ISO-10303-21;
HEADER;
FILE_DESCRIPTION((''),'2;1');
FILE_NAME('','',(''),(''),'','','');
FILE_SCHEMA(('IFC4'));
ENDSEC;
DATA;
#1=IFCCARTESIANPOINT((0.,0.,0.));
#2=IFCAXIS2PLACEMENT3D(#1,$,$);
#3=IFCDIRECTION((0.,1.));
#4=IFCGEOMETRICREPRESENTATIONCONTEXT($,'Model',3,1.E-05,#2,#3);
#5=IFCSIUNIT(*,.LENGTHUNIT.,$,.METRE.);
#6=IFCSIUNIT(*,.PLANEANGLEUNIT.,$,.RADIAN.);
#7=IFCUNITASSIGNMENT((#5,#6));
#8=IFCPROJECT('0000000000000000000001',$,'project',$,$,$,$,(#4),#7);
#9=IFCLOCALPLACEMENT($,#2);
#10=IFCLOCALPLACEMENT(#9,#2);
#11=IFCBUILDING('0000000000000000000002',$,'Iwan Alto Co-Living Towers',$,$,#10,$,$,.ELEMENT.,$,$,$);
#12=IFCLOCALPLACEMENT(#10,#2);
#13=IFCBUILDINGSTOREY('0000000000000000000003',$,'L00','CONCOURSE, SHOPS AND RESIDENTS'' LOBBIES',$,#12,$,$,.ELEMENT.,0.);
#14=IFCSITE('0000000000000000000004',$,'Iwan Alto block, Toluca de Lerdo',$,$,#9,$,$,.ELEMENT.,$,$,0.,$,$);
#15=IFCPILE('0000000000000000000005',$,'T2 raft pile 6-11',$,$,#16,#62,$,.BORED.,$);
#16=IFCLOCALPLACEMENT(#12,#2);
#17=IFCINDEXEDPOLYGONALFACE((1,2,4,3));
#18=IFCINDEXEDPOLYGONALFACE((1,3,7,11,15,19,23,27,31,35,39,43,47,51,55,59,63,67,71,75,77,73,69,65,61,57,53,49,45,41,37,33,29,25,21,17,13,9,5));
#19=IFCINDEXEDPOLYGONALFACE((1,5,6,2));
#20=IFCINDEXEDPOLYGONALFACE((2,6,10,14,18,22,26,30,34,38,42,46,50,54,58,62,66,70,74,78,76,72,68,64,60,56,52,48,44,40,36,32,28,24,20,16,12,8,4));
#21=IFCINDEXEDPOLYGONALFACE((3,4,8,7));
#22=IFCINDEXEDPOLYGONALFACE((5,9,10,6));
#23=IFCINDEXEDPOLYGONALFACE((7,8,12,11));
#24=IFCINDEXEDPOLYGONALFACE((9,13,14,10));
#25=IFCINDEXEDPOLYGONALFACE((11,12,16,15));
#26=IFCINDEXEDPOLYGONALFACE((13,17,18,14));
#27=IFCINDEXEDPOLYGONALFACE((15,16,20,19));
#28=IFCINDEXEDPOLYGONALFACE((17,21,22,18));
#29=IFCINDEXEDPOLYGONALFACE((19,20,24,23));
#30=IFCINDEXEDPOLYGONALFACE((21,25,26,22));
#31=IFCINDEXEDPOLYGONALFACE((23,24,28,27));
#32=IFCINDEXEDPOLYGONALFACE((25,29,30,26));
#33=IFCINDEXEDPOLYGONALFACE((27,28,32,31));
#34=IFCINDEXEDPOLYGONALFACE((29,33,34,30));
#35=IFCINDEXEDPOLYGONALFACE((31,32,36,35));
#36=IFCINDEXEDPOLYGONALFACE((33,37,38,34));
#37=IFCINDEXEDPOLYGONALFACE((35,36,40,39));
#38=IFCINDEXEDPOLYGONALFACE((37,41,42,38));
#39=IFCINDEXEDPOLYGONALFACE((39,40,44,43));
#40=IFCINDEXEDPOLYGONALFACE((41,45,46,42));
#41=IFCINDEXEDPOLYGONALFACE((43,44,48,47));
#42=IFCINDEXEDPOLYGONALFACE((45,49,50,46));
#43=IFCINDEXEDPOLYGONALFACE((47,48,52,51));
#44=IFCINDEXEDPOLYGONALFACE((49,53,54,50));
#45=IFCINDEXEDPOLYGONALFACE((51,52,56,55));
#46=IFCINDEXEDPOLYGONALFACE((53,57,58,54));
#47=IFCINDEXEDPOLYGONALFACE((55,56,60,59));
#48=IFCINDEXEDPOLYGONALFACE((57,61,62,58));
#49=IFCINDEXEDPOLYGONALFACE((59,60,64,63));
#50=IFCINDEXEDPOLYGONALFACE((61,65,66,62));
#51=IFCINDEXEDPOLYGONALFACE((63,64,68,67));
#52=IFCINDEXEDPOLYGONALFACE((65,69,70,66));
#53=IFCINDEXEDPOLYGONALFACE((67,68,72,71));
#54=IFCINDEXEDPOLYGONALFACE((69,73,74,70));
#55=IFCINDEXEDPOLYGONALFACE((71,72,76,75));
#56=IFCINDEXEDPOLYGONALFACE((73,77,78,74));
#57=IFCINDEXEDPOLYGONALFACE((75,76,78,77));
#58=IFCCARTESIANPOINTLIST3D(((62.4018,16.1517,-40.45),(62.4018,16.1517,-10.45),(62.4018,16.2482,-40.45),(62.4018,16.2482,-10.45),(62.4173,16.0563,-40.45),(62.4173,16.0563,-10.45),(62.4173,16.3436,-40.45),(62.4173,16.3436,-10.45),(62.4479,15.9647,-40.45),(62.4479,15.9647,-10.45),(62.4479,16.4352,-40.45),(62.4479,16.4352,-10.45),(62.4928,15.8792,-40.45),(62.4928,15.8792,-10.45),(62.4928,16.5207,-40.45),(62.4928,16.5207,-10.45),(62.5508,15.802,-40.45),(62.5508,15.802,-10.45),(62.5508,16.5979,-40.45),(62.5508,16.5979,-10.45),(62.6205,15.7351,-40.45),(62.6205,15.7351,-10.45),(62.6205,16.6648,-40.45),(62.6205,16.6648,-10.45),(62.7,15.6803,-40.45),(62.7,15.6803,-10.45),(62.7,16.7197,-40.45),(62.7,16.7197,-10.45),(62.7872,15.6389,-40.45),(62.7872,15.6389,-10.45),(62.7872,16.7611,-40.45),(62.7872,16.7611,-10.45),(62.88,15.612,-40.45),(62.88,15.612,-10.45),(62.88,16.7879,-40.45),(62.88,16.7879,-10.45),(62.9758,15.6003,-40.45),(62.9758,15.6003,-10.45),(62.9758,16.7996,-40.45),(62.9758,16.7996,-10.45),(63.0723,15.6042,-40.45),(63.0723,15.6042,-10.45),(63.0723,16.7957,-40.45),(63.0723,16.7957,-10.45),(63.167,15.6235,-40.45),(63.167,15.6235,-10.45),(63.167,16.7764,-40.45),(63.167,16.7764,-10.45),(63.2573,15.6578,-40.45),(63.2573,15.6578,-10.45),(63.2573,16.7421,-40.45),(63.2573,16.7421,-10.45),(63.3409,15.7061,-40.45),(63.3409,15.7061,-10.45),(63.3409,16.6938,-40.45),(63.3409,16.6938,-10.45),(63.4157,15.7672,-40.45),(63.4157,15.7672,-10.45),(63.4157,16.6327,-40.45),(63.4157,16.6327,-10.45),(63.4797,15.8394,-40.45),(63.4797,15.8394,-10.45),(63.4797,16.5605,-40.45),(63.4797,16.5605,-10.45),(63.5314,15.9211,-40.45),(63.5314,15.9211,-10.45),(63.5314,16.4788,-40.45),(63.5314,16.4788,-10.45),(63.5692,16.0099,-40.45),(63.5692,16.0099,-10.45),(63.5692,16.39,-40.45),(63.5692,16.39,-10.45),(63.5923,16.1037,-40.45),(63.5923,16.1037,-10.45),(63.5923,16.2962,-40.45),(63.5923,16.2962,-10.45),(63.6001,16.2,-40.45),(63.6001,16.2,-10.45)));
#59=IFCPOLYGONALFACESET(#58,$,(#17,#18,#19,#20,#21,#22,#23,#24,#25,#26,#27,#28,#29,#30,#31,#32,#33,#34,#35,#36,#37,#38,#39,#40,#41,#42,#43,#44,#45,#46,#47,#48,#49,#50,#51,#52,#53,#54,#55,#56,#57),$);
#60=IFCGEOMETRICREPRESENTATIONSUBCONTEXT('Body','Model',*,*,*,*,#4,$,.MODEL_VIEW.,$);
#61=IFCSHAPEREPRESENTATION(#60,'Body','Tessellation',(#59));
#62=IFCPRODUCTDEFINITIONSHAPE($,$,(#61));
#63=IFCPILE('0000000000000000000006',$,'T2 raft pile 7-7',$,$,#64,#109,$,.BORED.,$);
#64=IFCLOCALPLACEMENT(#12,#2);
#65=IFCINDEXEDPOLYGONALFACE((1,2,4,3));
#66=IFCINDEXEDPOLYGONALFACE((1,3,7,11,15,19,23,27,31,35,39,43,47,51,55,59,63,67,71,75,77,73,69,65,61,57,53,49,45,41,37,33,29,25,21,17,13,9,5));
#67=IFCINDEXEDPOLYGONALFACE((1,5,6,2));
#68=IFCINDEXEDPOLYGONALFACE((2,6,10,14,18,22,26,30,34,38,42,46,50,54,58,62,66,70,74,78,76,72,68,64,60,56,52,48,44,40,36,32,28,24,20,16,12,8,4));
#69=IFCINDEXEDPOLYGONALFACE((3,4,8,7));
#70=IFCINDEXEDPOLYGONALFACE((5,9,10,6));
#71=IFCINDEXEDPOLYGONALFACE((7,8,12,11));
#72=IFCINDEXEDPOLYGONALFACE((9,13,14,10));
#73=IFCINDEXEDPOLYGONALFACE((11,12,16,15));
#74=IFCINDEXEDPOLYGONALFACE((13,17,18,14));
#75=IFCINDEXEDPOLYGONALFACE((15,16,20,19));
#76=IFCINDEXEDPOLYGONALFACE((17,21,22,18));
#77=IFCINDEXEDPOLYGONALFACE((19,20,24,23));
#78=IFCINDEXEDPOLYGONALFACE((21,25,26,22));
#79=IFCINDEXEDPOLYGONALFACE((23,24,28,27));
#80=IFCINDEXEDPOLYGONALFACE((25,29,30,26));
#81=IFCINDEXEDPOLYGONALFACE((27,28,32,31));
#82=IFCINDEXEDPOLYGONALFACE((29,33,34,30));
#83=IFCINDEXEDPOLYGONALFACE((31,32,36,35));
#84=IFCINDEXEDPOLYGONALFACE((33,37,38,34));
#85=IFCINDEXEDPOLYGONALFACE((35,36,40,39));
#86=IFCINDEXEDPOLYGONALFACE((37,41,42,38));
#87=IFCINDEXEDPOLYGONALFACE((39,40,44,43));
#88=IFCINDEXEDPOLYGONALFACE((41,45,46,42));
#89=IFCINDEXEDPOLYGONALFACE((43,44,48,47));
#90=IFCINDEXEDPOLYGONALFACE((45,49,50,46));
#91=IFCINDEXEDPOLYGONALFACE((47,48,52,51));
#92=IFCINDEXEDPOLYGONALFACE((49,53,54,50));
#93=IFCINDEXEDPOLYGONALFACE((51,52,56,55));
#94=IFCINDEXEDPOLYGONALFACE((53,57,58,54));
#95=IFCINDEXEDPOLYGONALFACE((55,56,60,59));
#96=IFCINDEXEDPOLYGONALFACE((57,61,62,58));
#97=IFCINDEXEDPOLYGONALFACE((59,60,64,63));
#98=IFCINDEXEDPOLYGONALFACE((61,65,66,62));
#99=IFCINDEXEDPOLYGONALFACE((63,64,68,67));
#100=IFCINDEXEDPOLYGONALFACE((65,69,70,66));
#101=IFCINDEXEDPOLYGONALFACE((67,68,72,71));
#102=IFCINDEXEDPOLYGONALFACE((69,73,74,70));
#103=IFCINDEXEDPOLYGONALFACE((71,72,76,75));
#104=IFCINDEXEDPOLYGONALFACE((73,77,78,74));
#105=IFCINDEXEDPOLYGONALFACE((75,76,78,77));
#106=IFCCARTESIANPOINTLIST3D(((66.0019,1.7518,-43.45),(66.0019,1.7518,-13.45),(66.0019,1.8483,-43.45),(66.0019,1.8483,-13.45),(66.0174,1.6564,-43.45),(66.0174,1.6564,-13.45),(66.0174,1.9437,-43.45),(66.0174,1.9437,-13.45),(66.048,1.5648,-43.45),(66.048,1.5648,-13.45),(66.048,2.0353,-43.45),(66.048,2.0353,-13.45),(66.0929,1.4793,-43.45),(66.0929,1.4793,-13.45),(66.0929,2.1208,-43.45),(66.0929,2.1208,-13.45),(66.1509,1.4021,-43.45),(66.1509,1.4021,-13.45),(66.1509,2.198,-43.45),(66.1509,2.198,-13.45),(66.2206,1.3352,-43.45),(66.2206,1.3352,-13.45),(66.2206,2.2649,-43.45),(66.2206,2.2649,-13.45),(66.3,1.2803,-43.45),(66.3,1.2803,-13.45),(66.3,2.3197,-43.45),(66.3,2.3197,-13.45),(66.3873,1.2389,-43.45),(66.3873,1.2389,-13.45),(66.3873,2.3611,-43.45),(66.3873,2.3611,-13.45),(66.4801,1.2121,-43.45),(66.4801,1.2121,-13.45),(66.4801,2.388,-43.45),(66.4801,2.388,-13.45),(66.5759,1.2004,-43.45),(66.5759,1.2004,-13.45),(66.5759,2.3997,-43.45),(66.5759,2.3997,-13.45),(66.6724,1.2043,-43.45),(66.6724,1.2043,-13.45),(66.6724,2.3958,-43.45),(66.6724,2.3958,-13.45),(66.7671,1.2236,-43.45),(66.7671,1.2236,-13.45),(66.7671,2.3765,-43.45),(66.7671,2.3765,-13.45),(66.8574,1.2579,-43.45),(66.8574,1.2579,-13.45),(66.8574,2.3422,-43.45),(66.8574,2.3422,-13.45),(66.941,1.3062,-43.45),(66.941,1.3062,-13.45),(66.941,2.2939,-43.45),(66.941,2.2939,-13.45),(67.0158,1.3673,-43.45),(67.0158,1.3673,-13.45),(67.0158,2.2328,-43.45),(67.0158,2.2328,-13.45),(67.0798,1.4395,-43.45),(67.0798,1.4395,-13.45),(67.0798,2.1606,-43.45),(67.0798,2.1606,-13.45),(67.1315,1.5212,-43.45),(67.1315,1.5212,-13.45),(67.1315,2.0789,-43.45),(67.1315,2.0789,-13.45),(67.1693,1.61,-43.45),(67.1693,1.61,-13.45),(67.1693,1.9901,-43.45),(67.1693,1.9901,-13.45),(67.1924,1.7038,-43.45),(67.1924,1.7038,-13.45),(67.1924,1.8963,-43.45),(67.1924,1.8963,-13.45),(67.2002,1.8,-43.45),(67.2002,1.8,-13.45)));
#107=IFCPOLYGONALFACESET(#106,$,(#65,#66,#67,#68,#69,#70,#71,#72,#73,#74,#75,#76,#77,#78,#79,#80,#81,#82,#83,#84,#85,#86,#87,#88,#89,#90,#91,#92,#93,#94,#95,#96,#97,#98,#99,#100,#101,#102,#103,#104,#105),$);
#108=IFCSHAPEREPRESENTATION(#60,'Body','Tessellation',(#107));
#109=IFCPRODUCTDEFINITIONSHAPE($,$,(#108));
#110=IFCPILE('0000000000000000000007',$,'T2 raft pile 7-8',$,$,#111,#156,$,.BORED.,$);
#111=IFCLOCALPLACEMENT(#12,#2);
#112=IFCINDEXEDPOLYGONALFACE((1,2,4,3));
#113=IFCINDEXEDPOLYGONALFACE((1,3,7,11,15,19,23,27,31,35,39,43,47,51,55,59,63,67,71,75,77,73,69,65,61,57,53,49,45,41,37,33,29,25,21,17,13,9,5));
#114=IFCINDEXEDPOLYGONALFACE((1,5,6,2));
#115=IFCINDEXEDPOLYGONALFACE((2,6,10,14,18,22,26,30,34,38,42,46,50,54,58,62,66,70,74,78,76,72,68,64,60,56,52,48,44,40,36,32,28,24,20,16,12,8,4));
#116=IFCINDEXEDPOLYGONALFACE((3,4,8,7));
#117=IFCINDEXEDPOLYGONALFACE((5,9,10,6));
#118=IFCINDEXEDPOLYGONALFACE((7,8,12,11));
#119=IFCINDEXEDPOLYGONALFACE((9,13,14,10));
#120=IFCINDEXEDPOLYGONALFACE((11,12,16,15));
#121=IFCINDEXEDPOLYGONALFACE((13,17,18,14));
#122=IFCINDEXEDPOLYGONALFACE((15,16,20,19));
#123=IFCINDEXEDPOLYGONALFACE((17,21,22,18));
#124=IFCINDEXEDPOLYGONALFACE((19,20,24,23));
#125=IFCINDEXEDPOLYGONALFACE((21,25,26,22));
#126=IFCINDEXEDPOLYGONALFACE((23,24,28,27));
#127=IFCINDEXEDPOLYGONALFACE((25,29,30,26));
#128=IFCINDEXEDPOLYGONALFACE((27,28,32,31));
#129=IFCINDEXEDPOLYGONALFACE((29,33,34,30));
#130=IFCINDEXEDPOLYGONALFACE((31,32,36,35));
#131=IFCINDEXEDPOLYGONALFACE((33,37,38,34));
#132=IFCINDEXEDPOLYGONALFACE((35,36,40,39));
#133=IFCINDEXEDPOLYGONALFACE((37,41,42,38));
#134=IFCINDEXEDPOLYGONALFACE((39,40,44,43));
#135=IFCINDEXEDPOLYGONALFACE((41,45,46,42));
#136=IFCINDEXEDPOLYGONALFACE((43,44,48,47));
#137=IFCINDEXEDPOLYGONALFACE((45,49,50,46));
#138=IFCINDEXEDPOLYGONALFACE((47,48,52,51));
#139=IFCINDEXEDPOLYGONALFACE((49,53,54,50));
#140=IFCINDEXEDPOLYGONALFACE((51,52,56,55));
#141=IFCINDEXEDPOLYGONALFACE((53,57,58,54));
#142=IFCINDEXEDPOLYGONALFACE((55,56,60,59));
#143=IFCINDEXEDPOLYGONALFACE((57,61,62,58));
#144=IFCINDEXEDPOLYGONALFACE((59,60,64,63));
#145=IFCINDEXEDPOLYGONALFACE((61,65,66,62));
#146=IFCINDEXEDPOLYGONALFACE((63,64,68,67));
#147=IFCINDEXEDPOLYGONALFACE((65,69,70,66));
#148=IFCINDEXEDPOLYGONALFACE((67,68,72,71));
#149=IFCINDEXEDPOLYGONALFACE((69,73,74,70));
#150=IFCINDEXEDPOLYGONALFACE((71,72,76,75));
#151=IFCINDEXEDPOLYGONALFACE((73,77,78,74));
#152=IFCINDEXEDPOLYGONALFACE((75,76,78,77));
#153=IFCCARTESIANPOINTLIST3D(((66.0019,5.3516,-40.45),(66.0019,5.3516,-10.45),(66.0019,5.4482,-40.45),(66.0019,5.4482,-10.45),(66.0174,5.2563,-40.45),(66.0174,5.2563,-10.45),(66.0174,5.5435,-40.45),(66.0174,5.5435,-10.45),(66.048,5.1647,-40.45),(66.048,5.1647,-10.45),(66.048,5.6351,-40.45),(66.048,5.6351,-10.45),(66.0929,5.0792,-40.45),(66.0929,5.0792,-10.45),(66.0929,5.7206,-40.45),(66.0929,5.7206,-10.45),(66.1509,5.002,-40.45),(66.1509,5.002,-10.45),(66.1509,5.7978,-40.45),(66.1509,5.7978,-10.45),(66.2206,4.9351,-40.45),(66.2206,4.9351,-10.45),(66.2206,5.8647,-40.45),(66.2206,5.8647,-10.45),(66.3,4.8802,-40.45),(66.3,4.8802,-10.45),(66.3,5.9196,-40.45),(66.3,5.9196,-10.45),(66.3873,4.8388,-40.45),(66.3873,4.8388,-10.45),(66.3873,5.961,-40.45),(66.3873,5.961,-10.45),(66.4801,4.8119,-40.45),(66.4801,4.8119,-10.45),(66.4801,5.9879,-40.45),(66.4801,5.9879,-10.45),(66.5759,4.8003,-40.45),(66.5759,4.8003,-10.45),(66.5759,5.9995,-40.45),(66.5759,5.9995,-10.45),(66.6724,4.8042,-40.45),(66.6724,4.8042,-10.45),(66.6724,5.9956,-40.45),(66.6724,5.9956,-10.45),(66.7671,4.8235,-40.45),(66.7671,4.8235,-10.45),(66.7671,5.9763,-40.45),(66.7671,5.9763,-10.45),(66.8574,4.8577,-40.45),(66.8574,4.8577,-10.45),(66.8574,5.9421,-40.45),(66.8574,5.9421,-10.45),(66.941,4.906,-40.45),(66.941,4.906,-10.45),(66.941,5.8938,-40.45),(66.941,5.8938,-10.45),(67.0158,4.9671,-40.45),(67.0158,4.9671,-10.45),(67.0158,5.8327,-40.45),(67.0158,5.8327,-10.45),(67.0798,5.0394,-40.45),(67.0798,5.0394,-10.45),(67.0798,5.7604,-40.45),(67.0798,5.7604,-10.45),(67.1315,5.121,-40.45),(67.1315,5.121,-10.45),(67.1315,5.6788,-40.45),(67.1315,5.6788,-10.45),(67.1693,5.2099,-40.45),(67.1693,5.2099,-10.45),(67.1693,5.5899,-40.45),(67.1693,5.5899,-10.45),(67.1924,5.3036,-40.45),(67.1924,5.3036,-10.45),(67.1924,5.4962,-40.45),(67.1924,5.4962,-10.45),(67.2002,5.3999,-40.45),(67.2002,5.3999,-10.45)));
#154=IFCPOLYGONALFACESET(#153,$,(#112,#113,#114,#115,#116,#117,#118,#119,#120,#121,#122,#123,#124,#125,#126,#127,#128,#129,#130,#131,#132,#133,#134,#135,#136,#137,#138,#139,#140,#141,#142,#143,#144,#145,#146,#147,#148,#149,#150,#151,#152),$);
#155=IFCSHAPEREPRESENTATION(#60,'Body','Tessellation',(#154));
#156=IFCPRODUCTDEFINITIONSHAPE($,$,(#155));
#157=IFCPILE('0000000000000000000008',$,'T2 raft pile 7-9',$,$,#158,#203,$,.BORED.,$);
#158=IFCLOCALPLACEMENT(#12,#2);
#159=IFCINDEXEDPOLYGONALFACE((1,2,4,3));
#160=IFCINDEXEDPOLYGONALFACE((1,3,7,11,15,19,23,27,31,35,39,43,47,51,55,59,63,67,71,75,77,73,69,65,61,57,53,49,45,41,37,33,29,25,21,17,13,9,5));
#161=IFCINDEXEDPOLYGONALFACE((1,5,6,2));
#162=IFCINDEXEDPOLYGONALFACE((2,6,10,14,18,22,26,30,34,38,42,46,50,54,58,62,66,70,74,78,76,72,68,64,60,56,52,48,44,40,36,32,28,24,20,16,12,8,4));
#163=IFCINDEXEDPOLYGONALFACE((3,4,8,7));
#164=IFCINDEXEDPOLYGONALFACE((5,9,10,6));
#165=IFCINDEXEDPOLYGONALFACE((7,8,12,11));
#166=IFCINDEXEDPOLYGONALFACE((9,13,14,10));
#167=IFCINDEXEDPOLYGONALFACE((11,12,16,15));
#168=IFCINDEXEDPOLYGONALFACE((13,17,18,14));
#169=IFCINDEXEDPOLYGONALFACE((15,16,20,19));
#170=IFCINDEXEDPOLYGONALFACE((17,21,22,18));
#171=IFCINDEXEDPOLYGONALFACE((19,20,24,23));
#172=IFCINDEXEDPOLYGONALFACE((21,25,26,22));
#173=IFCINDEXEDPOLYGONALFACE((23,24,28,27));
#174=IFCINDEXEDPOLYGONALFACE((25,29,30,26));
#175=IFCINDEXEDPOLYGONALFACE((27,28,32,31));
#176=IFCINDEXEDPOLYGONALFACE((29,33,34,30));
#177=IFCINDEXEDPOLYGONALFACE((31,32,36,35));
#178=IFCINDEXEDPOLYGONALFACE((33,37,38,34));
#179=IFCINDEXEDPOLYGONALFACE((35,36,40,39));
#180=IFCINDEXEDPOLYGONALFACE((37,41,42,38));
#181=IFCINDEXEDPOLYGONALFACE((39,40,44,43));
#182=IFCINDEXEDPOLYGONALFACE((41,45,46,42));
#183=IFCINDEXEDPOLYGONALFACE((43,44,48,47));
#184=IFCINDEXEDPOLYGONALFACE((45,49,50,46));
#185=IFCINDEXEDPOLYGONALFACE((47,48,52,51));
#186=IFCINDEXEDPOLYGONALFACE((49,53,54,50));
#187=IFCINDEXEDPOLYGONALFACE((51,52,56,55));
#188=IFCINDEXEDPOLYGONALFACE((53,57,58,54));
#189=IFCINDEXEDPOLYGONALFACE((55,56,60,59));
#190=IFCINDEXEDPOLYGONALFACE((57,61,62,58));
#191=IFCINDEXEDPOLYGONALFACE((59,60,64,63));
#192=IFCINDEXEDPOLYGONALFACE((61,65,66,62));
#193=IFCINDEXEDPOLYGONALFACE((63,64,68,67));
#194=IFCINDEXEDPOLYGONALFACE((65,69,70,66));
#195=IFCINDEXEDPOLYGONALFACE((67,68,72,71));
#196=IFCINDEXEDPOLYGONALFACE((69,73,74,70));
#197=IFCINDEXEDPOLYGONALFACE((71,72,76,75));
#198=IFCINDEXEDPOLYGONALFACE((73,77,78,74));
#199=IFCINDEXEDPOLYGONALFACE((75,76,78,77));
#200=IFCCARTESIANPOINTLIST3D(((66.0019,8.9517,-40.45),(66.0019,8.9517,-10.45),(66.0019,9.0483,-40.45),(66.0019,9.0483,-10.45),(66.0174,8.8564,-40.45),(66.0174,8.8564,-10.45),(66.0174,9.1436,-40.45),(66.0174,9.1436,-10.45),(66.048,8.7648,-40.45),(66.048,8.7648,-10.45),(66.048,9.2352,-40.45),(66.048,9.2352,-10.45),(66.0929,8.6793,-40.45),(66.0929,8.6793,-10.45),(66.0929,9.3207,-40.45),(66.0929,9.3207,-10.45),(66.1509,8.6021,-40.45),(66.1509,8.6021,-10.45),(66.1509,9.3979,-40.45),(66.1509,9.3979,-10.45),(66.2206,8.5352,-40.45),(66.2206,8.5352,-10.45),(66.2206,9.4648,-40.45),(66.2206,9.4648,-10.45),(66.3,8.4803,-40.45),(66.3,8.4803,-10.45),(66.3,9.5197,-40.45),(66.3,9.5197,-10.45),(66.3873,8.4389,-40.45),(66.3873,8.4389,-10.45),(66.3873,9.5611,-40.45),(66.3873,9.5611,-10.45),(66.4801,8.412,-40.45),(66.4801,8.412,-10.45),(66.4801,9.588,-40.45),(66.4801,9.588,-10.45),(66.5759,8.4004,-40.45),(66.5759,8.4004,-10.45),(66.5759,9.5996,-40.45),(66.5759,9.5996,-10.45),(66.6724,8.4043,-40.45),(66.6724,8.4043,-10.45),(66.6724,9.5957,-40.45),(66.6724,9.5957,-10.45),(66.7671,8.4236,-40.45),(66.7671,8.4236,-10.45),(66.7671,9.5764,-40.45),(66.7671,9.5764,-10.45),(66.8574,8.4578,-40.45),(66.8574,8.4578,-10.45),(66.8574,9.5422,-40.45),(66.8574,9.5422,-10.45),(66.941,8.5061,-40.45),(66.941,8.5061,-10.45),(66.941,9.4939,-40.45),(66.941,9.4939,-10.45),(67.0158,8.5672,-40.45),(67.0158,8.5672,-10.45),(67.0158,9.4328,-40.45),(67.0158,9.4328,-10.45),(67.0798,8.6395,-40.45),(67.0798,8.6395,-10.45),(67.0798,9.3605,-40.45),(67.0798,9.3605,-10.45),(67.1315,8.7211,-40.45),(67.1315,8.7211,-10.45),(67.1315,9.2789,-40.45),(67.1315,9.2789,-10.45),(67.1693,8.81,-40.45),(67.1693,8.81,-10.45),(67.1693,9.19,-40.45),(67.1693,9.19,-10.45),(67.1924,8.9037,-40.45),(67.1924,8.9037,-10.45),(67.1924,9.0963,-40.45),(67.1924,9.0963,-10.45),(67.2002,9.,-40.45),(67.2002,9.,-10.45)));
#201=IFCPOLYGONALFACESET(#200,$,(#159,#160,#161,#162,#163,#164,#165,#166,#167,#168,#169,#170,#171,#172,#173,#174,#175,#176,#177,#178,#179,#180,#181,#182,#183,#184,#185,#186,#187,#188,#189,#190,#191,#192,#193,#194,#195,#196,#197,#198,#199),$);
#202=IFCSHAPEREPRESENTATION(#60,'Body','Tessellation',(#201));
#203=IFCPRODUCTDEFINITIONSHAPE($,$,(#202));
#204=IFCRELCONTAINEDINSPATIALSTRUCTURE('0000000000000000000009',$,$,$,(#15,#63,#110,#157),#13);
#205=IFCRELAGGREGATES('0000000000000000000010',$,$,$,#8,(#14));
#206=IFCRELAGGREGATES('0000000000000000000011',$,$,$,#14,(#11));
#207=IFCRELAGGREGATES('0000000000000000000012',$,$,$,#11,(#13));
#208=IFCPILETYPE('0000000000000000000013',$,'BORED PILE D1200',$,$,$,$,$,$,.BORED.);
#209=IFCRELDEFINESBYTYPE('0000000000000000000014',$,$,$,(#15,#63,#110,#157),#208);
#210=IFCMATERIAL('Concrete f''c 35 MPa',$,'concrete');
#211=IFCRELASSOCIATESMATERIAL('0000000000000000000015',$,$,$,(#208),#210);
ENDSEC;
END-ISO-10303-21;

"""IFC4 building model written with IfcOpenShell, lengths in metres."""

from ifc_helpers import new_model, si_unit, direction, frame, origin, origin_2d, place, context, subcontext, project, spatial, circle, extrude, material, material_profile, profile_set, type_object, element, save


model = new_model("IFC4")

# Units and contexts
model_context = context("Model", 3, precision=1e-05, world=origin(), true_north=direction((0.0, 1.0)))
body_context = subcontext(model_context, "Body", "Model", "MODEL_VIEW")
ifc_project = project(units=[si_unit("LENGTHUNIT", "METRE"), si_unit("PLANEANGLEUNIT", "RADIAN")], contexts=[model_context])

# Site, building, storey
site_placement = place(None, origin())
site = spatial("IfcSite", under=ifc_project, at=site_placement, Name="Iwan Alto block, Toluca de Lerdo", CompositionType="ELEMENT", RefElevation=0.0)
building_placement = place(site_placement, origin())
building = spatial("IfcBuilding", under=site, at=building_placement, Name="Iwan Alto Co-Living Towers", CompositionType="ELEMENT")
storey_placement = place(building_placement, origin())
storey = spatial("IfcBuildingStorey", under=building, at=storey_placement, Name="L00", Description="CONCOURSE, SHOPS AND RESIDENTS' LOBBIES", CompositionType="ELEMENT", Elevation=0.0)

# Piles
ifc_material_1 = material(Name="Concrete f'c 35 MPa", Category="concrete")
ifc_material_profile = material_profile(ifc_material_1, circle(Radius=0.6001, at=origin_2d()), Name="D1200")
ifc_profile_set = profile_set([ifc_material_profile], Name="Concrete f'c 35 MPa")
pile_type = type_object("IfcPileType", Name="BORED PILE D1200", PredefinedType="BORED", material=ifc_profile_set)
for number, where, z_axis, x_axis, name in (
    (1, (63.0, 16.2, -10.45), (0.0, 0.0, -1.0), (1.0, 0.0, 0.0), "T2 raft pile 6-11"),
    (2, (66.6001, 1.8, -13.45), (0.0, 0.0, -1.0), (1.0, 0.0, 0.0), "T2 raft pile 7-7"),
    (3, (66.6001, 5.3999, -10.45), (0.0, 0.0, -1.0), (1.0, 0.0, 0.0), "T2 raft pile 7-8"),
    (4, (66.6001, 9.0, -10.45), (0.0, 0.0, -1.0), (1.0, 0.0, 0.0), "T2 raft pile 7-9"),
):
    element("IfcPile", number, at=place(storey_placement, frame(where, z_axis=z_axis, x_axis=x_axis)), inside=storey, type_object=pile_type, Name=name, PredefinedType="BORED", context=body_context, shape_type="SweptSolid", body=[
        extrude(circle(Radius=0.6001, at=origin_2d()), origin(), (0.0, 0.0, 1.0), 30.0),
    ])

save(model, "model.ifc")
